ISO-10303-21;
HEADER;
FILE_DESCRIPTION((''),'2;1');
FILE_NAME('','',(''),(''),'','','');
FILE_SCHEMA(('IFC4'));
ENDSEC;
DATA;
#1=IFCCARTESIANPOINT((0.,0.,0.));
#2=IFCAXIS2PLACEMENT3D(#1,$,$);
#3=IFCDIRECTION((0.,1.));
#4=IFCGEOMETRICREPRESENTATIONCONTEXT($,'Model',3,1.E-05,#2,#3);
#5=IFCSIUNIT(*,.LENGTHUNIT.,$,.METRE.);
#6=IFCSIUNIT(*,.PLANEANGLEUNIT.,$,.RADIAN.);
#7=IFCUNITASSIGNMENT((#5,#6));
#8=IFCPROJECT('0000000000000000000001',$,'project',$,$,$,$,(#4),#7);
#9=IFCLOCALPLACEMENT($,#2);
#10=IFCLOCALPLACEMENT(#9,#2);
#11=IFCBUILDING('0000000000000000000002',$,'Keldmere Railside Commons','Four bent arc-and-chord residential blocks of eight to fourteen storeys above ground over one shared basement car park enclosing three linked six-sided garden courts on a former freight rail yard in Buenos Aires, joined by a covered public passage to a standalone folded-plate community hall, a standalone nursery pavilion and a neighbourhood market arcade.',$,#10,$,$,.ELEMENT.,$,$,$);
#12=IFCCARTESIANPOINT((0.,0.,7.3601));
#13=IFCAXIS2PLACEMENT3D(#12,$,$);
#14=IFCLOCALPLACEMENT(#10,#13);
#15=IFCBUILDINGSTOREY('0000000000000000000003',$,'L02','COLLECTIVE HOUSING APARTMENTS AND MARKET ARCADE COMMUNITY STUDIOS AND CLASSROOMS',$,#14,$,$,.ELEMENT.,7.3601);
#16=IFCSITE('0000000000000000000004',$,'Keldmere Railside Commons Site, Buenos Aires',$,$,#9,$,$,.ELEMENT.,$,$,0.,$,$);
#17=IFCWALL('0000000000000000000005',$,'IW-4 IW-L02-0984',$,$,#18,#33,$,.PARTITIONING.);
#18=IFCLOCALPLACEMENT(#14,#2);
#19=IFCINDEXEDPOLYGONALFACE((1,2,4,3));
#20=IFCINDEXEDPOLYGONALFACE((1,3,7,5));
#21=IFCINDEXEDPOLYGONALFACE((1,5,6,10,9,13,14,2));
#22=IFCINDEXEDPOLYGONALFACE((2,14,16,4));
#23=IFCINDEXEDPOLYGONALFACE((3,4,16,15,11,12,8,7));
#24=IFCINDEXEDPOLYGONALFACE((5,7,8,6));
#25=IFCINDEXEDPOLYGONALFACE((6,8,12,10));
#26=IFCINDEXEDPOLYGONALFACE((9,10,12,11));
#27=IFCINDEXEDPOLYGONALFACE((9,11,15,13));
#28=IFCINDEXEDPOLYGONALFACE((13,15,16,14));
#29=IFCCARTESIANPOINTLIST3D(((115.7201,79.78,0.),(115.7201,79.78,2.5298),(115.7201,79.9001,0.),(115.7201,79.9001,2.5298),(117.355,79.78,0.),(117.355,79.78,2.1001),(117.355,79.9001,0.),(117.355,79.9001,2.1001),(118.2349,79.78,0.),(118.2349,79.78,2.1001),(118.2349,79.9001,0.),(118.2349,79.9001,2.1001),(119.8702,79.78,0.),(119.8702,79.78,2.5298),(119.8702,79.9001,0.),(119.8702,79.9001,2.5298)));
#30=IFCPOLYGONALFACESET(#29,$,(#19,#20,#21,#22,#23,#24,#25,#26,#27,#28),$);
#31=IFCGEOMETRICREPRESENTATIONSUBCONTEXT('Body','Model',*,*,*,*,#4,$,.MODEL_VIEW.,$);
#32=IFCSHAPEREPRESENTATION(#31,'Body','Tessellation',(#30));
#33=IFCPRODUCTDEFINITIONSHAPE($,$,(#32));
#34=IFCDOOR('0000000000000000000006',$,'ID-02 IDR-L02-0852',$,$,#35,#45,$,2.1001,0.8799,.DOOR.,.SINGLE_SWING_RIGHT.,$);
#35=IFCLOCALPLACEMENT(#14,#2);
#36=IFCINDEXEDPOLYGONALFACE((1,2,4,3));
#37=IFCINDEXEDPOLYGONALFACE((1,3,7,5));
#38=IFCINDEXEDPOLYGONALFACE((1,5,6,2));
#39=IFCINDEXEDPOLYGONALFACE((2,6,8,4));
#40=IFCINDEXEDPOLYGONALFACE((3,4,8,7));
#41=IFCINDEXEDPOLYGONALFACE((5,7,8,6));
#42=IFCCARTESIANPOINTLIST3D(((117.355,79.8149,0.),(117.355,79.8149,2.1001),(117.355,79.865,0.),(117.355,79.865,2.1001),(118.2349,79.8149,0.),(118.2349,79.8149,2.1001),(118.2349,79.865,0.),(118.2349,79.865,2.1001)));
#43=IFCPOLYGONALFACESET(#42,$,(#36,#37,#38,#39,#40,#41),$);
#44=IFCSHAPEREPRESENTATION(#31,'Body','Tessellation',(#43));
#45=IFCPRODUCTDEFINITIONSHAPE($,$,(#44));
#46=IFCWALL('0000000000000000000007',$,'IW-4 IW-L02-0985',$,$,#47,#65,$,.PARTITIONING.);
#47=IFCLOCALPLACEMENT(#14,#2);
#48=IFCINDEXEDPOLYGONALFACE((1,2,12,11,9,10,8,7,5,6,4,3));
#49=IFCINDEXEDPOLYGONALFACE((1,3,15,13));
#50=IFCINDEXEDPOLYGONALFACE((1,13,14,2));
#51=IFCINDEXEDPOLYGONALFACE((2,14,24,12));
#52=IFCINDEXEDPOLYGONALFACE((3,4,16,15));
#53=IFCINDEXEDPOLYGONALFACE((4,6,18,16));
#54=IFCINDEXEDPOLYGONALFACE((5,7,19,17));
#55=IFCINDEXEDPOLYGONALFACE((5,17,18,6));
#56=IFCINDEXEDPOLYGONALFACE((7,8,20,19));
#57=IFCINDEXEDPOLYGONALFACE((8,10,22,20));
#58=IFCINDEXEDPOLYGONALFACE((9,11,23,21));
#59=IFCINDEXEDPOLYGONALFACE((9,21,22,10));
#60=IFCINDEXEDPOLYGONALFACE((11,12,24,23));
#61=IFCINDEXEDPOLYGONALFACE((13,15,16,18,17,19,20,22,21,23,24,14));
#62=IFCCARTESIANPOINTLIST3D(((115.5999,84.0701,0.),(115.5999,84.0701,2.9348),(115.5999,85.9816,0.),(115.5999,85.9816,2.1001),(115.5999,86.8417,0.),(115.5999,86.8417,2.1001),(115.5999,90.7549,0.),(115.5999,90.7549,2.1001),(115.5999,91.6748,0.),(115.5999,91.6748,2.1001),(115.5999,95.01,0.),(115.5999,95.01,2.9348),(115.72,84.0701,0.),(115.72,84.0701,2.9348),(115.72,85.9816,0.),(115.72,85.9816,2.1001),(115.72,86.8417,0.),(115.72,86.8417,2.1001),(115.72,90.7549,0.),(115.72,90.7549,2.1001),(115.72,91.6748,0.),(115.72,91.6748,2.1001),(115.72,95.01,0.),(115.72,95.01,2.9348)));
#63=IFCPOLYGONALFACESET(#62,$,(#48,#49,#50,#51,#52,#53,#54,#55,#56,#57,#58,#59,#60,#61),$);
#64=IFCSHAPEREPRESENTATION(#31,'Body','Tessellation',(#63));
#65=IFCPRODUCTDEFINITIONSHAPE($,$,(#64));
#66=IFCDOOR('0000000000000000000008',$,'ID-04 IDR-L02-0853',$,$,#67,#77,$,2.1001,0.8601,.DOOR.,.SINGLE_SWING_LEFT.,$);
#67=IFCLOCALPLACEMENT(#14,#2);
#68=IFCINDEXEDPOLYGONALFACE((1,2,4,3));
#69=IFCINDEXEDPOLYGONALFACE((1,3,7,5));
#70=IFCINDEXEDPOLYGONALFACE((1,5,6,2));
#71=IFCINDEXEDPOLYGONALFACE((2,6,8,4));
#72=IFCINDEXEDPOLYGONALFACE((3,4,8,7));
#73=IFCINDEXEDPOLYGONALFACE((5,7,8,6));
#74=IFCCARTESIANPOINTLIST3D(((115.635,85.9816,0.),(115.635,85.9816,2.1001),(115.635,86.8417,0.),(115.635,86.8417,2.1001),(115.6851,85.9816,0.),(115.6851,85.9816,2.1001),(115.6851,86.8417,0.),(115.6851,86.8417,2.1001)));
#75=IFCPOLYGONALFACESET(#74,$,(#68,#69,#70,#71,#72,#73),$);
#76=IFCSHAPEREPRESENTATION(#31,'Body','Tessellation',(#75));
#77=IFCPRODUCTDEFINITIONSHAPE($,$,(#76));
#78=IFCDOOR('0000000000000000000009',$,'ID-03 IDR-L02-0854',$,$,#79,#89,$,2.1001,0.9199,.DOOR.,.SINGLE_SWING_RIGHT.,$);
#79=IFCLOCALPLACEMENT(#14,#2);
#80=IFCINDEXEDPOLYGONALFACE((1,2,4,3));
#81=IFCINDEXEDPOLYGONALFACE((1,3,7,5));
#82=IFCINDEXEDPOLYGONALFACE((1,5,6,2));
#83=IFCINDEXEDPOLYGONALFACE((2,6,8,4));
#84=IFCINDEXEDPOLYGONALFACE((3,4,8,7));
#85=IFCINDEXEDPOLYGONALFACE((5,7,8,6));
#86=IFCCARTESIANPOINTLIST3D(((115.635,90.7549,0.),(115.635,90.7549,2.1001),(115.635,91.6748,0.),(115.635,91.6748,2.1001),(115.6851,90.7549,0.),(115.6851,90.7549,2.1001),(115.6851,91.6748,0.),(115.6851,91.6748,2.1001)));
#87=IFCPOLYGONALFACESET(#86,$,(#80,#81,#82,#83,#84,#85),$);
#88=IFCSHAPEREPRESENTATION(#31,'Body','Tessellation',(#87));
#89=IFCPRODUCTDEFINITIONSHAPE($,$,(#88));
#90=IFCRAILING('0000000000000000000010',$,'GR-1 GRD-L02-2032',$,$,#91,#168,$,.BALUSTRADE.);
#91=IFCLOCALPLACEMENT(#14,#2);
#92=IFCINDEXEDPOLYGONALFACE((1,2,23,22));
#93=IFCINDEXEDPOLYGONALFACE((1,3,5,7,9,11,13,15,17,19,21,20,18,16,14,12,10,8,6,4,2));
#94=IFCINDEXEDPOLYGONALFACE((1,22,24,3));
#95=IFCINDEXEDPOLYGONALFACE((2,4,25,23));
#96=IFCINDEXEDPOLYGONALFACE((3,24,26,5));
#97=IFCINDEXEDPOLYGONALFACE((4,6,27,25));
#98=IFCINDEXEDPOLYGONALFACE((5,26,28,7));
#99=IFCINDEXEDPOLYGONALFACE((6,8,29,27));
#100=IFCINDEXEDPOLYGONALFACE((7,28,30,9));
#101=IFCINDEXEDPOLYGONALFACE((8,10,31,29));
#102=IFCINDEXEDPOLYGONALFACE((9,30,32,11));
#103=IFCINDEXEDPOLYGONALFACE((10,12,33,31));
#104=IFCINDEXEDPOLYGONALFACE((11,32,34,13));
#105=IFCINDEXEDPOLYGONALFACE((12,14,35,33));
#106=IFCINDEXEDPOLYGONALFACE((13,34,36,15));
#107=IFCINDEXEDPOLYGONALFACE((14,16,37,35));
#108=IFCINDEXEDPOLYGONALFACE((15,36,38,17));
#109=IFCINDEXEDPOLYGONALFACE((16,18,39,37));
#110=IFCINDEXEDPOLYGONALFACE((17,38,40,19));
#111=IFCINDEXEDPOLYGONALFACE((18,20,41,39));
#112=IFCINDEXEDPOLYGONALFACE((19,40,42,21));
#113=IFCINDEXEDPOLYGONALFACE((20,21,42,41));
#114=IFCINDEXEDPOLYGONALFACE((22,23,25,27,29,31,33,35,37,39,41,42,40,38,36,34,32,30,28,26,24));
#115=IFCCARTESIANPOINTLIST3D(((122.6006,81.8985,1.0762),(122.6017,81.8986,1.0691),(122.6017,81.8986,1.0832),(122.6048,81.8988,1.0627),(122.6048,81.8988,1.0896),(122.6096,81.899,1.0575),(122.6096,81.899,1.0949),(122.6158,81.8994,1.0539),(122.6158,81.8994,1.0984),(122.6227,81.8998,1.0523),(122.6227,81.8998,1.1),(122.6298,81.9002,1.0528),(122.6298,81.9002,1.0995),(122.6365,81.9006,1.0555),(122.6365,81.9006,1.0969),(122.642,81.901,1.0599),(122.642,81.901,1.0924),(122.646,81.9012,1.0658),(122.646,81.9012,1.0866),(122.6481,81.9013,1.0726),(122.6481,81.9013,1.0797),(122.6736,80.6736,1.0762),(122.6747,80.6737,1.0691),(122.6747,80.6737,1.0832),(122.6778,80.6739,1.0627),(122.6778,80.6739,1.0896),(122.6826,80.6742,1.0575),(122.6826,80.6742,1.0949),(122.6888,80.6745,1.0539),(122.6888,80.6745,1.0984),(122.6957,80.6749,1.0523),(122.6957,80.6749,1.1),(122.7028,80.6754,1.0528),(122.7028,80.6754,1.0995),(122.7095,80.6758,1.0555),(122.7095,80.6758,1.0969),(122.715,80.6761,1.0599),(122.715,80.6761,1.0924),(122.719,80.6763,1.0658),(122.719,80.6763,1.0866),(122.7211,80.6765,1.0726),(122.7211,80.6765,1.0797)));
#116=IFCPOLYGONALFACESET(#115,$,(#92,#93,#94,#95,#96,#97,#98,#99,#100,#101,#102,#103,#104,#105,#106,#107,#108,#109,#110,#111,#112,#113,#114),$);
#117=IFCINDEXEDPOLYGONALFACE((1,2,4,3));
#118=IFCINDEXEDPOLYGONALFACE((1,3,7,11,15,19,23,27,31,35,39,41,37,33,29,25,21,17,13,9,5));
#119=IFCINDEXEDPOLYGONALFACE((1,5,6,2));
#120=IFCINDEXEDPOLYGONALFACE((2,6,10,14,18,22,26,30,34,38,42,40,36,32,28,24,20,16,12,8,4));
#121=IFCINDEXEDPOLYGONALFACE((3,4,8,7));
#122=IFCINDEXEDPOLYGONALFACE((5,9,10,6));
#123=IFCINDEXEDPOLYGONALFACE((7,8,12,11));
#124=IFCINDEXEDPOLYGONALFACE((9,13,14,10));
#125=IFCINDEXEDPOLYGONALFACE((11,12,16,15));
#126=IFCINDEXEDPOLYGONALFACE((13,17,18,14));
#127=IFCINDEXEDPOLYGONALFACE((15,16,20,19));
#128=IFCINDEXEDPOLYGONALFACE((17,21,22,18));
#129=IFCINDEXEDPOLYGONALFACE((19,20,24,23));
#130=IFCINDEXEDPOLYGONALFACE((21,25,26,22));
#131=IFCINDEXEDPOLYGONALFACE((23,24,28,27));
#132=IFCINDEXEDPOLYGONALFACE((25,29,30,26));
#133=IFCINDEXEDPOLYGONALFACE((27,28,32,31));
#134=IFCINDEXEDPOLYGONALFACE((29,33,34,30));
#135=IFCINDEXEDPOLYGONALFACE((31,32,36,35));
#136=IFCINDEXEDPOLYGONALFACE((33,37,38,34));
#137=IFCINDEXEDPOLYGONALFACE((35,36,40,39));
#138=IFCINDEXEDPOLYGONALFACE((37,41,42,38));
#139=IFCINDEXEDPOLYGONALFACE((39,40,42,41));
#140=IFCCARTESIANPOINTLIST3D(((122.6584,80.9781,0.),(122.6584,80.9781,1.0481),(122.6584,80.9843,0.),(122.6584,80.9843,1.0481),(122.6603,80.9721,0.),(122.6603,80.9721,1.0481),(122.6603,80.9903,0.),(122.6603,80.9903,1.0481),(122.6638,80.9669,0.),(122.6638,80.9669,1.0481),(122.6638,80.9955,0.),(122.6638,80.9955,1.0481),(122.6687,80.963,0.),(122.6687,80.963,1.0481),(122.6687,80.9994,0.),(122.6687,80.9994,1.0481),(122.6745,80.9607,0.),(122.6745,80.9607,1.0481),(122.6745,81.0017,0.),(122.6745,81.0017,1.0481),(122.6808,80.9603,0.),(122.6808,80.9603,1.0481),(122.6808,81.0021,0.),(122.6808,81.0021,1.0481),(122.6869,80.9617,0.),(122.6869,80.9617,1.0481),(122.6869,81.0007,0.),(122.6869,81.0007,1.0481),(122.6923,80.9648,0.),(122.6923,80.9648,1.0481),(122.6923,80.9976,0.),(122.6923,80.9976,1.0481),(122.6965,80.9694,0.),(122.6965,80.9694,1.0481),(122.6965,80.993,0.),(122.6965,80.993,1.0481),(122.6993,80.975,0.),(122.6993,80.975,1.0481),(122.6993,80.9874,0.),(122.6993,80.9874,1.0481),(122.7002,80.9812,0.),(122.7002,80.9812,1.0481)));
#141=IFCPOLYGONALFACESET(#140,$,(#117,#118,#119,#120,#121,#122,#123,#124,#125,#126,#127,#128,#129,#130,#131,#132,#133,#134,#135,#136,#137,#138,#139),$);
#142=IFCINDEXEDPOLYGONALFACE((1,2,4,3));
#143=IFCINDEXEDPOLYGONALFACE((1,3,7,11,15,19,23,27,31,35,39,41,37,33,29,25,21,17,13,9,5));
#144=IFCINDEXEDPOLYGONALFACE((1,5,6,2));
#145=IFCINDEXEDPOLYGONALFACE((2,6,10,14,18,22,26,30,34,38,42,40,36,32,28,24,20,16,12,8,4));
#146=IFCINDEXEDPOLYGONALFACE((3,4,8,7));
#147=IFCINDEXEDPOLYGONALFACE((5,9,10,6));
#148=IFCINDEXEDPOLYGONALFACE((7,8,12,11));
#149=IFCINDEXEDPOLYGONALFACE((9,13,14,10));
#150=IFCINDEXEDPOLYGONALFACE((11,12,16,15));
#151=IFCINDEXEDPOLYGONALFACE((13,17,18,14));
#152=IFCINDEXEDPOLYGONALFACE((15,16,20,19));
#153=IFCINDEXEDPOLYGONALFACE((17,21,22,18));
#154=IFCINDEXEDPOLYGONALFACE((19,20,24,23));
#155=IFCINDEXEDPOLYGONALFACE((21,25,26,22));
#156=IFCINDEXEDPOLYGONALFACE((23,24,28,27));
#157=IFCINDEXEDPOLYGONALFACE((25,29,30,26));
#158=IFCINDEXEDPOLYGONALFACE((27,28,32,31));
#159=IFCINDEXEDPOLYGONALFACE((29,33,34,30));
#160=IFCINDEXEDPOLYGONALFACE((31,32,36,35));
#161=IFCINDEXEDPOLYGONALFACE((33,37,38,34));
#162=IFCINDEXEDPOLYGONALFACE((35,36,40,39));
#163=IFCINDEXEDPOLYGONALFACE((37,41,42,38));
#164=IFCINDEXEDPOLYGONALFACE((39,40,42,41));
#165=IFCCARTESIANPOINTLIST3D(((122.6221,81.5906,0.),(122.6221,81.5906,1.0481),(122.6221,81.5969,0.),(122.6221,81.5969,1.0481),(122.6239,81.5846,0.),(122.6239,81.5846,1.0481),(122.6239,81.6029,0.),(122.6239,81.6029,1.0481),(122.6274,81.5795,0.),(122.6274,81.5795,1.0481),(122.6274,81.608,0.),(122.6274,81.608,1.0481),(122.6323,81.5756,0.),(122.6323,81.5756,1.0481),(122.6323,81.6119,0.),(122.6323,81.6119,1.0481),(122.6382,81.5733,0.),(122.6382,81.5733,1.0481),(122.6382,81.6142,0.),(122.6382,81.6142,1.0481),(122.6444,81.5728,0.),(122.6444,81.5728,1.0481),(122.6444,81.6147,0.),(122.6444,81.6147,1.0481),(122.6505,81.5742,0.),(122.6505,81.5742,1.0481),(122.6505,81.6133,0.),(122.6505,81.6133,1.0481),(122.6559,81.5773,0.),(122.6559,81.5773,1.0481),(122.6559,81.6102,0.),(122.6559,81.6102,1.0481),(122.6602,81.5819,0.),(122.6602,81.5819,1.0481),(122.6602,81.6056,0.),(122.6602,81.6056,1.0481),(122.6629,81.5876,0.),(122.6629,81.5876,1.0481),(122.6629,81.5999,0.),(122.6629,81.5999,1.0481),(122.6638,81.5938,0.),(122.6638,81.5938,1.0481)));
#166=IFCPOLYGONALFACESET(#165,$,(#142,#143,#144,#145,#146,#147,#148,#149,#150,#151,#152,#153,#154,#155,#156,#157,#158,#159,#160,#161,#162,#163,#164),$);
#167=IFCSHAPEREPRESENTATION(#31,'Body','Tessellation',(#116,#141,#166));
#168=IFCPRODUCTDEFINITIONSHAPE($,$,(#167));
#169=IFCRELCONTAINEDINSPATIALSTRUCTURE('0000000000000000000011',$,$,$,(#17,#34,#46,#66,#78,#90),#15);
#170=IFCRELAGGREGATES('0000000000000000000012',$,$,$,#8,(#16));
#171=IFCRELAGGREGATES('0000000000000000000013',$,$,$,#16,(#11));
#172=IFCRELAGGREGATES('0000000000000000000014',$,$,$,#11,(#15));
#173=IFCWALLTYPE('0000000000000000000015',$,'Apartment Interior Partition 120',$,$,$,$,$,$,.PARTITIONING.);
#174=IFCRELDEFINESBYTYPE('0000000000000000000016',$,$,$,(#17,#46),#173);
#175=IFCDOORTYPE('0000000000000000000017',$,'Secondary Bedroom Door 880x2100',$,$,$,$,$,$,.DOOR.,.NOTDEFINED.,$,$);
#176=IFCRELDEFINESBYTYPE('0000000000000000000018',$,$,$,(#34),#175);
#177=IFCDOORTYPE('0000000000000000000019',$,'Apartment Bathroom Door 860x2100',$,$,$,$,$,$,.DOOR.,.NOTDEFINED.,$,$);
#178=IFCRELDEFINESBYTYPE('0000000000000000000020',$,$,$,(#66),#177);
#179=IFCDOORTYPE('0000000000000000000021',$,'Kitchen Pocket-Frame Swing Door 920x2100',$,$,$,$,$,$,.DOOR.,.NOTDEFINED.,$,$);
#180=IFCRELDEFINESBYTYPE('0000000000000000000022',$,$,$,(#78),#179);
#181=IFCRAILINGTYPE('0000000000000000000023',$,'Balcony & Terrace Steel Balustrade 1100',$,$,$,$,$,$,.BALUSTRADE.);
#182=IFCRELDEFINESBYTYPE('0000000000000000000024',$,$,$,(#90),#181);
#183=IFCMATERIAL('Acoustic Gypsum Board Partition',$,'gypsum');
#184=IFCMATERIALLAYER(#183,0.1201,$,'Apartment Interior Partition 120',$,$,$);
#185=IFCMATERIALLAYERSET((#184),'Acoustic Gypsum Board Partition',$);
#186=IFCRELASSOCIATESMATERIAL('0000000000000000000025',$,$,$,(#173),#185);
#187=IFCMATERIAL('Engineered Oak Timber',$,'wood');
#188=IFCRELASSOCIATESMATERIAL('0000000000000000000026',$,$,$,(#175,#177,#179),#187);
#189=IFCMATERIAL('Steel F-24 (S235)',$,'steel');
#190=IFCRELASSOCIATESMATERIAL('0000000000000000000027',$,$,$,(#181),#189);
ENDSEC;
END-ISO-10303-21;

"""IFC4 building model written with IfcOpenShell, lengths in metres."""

from ifc_helpers import new_model, si_unit, direction, frame, frame_2d, origin, origin_2d, place, context, subcontext, project, spatial, rectangle, circle, extrude, material, layer, layer_set, type_object, element, fill, save


model = new_model("IFC4")

# Units and contexts
model_context = context("Model", 3, precision=1e-05, world=origin(), true_north=direction((0.0, 1.0)))
body_context = subcontext(model_context, "Body", "Model", "MODEL_VIEW")
ifc_project = project(units=[si_unit("LENGTHUNIT", "METRE"), si_unit("PLANEANGLEUNIT", "RADIAN")], contexts=[model_context])

# Site, building, storey
site_placement = place(None, origin())
site = spatial("IfcSite", under=ifc_project, at=site_placement, Name="Keldmere Railside Commons Site, Buenos Aires", CompositionType="ELEMENT", RefElevation=0.0)
building_placement = place(site_placement, origin())
building = spatial("IfcBuilding", under=site, at=building_placement, Name="Keldmere Railside Commons", Description="Four bent arc-and-chord residential blocks of eight to fourteen storeys above ground over one shared basement car park enclosing three linked six-sided garden courts on a former freight rail yard in Buenos Aires, joined by a covered public passage to a standalone folded-plate community hall, a standalone nursery pavilion and a neighbourhood market arcade.", CompositionType="ELEMENT")
storey_placement = place(building_placement, frame((0.0, 0.0, 7.3601)))
storey = spatial("IfcBuildingStorey", under=building, at=storey_placement, Name="L02", Description="COLLECTIVE HOUSING APARTMENTS AND MARKET ARCADE COMMUNITY STUDIOS AND CLASSROOMS", CompositionType="ELEMENT", Elevation=7.3601)

# Shared definitions
ifc_material_1 = material(Name="Acoustic Gypsum Board Partition", Category="gypsum")

# Wall, opening, door
ifc_layer_1 = layer(ifc_material_1, 0.1201, Name="Apartment Interior Partition 120")
ifc_layer_set_1 = layer_set([ifc_layer_1], Name="Acoustic Gypsum Board Partition")
wall_type_1 = type_object("IfcWallType", Name="Apartment Interior Partition 120", PredefinedType="PARTITIONING", material=ifc_layer_set_1)
wall_1_placement = place(storey_placement, frame((115.72, 79.8401, 0.0), z_axis=(0.0, 0.0, 1.0), x_axis=(1.0, 0.0, 0.0)))
wall_1 = element("IfcWall", 1, at=wall_1_placement, inside=storey, type_object=wall_type_1, Name="IW-4 IW-L02-0984", PredefinedType="PARTITIONING", context=body_context, shape_type="SweptSolid", body=[
    extrude(rectangle(XDim=4.1501, YDim=0.1201, at=frame_2d((2.0752, 0.0))), origin(), (0.0, 0.0, 1.0), 2.5298),
])
opening_1_placement = place(wall_1_placement, frame((1.635, 0.0, 0.0)))
opening_1 = element("IfcOpeningElement", 2, at=opening_1_placement, cuts=wall_1, PredefinedType="OPENING", context=body_context, shape_type="SweptSolid", body=[
    extrude(rectangle(XDim=0.8799, YDim=2.1001, at=frame_2d((0.4399, 1.05))), frame((0.0, 0.0701, 0.0), z_axis=(0.0, -1.0, 0.0), x_axis=(1.0, 0.0, 0.0)), (0.0, 0.0, 1.0), 0.1401),
])
ifc_material_2 = material(Name="Engineered Oak Timber", Category="wood")
door_type_1 = type_object("IfcDoorType", Name="Secondary Bedroom Door 880x2100", OperationType="NOTDEFINED", PredefinedType="DOOR", material=ifc_material_2)
door_1_placement = place(opening_1_placement, origin())
door_1 = element("IfcDoor", 3, at=door_1_placement, inside=storey, type_object=door_type_1, Name="ID-02 IDR-L02-0852", OperationType="SINGLE_SWING_RIGHT", OverallHeight=2.1001, OverallWidth=0.8799, PredefinedType="DOOR", context=body_context, shape_type="SweptSolid", body=[
    extrude(rectangle(XDim=0.8799, YDim=2.1001, at=frame_2d((0.4399, 1.05))), frame((0.0, 0.0249, 0.0), z_axis=(0.0, -1.0, 0.0), x_axis=(1.0, 0.0, 0.0)), (0.0, 0.0, 1.0), 0.05),
])
fill(opening_1, door_1)

# Wall, openings, doors
wall_2_placement = place(storey_placement, frame((115.6599, 84.0701, 0.0), z_axis=(0.0, 0.0, 1.0), x_axis=(0.0, 1.0, 0.0)))
wall_2 = element("IfcWall", 4, at=wall_2_placement, inside=storey, type_object=wall_type_1, Name="IW-4 IW-L02-0985", PredefinedType="PARTITIONING", context=body_context, shape_type="SweptSolid", body=[
    extrude(rectangle(XDim=10.9399, YDim=0.1201, at=frame_2d((5.47, 0.0))), origin(), (0.0, 0.0, 1.0), 2.9348),
])
opening_2_placement = place(wall_2_placement, frame((1.9114, 0.0, 0.0)))
opening_2 = element("IfcOpeningElement", 5, at=opening_2_placement, cuts=wall_2, PredefinedType="OPENING", context=body_context, shape_type="SweptSolid", body=[
    extrude(rectangle(XDim=0.8601, YDim=2.1001, at=frame_2d((0.4302, 1.05))), frame((0.0, 0.0701, 0.0), z_axis=(0.0, -1.0, 0.0), x_axis=(1.0, 0.0, 0.0)), (0.0, 0.0, 1.0), 0.1401),
])
opening_3_placement = place(wall_2_placement, frame((6.6848, 0.0, 0.0)))
opening_3 = element("IfcOpeningElement", 6, at=opening_3_placement, cuts=wall_2, PredefinedType="OPENING", context=body_context, shape_type="SweptSolid", body=[
    extrude(rectangle(XDim=0.9199, YDim=2.1001, at=frame_2d((0.46, 1.05))), frame((0.0, 0.0701, 0.0), z_axis=(0.0, -1.0, 0.0), x_axis=(1.0, 0.0, 0.0)), (0.0, 0.0, 1.0), 0.1401),
])
door_type_2 = type_object("IfcDoorType", Name="Apartment Bathroom Door 860x2100", OperationType="NOTDEFINED", PredefinedType="DOOR", material=ifc_material_2)
door_2_placement = place(opening_2_placement, origin())
door_2 = element("IfcDoor", 7, at=door_2_placement, inside=storey, type_object=door_type_2, Name="ID-04 IDR-L02-0853", OperationType="SINGLE_SWING_LEFT", OverallHeight=2.1001, OverallWidth=0.8601, PredefinedType="DOOR", context=body_context, shape_type="SweptSolid", body=[
    extrude(rectangle(XDim=0.8601, YDim=2.1001, at=frame_2d((0.4302, 1.05))), frame((0.0, 0.0249, 0.0), z_axis=(0.0, -1.0, 0.0), x_axis=(1.0, 0.0, 0.0)), (0.0, 0.0, 1.0), 0.05),
])
fill(opening_2, door_2)
door_type_3 = type_object("IfcDoorType", Name="Kitchen Pocket-Frame Swing Door 920x2100", OperationType="NOTDEFINED", PredefinedType="DOOR", material=ifc_material_2)
door_3_placement = place(opening_3_placement, origin())
door_3 = element("IfcDoor", 8, at=door_3_placement, inside=storey, type_object=door_type_3, Name="ID-03 IDR-L02-0854", OperationType="SINGLE_SWING_RIGHT", OverallHeight=2.1001, OverallWidth=0.9199, PredefinedType="DOOR", context=body_context, shape_type="SweptSolid", body=[
    extrude(rectangle(XDim=0.9199, YDim=2.1001, at=frame_2d((0.46, 1.05))), frame((0.0, 0.0249, 0.0), z_axis=(0.0, -1.0, 0.0), x_axis=(1.0, 0.0, 0.0)), (0.0, 0.0, 1.0), 0.05),
])
fill(opening_3, door_3)

# Railing
ifc_material_3 = material(Name="Steel F-24 (S235)", Category="steel")
railing_type = type_object("IfcRailingType", Name="Balcony & Terrace Steel Balustrade 1100", PredefinedType="BALUSTRADE", material=ifc_material_3)
railing_1_placement = place(storey_placement, frame((122.6975, 80.675, 0.0)))
element("IfcRailing", 9, at=railing_1_placement, inside=storey, type_object=railing_type, Name="GR-1 GRD-L02-2032", PredefinedType="BALUSTRADE", context=body_context, shape_type="SweptSolid", body=[
    extrude(circle(Radius=0.0239, at=origin_2d()), frame((0.0, 0.0, 1.0762), z_axis=(-0.059492, 0.998229, 0.0), x_axis=(-0.998229, -0.059492, 0.0)), (0.0, 0.0, 1.0), 1.2271),
    extrude(circle(Radius=0.021, at=origin_2d()), frame((-0.0183, 0.3062, 0.0)), (0.0, 0.0, 1.0), 1.0481),
    extrude(circle(Radius=0.021, at=origin_2d()), frame((-0.0547, 0.9187, 0.0)), (0.0, 0.0, 1.0), 1.0481),
])

save(model, "model.ifc")
